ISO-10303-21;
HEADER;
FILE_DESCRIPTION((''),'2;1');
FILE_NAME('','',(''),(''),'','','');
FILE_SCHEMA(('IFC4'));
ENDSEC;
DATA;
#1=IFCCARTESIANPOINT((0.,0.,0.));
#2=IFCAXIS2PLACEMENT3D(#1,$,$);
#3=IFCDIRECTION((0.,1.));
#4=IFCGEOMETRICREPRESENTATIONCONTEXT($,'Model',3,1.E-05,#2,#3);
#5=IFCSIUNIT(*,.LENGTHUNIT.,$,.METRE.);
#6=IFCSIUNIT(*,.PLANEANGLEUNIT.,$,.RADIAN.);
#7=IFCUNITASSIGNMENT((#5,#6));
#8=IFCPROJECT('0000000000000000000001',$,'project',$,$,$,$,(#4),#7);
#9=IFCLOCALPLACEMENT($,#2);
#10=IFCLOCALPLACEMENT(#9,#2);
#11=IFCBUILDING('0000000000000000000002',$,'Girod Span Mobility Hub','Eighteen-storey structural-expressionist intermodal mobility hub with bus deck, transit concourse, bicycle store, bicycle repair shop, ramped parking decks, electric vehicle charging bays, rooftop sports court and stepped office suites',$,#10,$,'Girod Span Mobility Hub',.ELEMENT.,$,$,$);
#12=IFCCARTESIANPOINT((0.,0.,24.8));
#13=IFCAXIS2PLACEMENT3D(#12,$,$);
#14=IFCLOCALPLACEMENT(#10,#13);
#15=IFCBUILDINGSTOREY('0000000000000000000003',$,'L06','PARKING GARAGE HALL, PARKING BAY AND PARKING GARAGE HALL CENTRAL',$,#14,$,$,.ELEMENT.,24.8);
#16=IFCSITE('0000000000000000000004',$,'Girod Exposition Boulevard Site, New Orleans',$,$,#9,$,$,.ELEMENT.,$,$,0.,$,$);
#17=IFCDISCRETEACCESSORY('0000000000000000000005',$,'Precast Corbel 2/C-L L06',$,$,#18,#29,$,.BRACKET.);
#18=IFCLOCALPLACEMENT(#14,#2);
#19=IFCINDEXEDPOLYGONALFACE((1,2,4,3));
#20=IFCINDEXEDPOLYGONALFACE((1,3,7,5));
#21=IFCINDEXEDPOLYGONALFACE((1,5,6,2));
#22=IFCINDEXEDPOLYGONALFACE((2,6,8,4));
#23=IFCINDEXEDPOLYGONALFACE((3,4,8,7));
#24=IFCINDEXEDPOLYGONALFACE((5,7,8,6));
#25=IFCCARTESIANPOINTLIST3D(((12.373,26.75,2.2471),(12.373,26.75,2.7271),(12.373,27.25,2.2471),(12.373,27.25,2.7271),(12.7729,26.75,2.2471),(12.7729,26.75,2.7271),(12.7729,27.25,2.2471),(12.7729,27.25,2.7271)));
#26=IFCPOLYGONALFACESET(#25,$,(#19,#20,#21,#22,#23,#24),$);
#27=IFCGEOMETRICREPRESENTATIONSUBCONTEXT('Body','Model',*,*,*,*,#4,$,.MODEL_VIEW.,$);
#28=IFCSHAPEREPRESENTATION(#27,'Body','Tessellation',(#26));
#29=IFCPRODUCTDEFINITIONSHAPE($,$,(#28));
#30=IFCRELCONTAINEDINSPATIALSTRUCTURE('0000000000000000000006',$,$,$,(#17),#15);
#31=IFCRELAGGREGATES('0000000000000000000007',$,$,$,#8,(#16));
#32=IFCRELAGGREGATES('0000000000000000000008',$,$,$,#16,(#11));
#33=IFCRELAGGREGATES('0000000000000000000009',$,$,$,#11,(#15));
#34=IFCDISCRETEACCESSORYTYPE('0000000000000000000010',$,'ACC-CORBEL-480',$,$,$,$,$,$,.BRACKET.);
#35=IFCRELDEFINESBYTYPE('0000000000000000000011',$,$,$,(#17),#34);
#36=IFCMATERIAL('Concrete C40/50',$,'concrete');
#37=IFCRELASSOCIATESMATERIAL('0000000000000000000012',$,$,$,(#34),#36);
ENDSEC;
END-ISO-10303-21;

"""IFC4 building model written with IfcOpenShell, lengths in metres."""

from ifc_helpers import new_model, si_unit, direction, frame, origin, origin_2d, place, context, subcontext, project, spatial, rectangle, extrude, material, type_object, element, save


model = new_model("IFC4")

# Units and contexts
model_context = context("Model", 3, precision=1e-05, world=origin(), true_north=direction((0.0, 1.0)))
body_context = subcontext(model_context, "Body", "Model", "MODEL_VIEW")
ifc_project = project(units=[si_unit("LENGTHUNIT", "METRE"), si_unit("PLANEANGLEUNIT", "RADIAN")], contexts=[model_context])

# Site, building, storey
site_placement = place(None, origin())
site = spatial("IfcSite", under=ifc_project, at=site_placement, Name="Girod Exposition Boulevard Site, New Orleans", CompositionType="ELEMENT", RefElevation=0.0)
building_placement = place(site_placement, origin())
building = spatial("IfcBuilding", under=site, at=building_placement, Name="Girod Span Mobility Hub", Description="Eighteen-storey structural-expressionist intermodal mobility hub with bus deck, transit concourse, bicycle store, bicycle repair shop, ramped parking decks, electric vehicle charging bays, rooftop sports court and stepped office suites", LongName="Girod Span Mobility Hub", CompositionType="ELEMENT")
storey_placement = place(building_placement, frame((0.0, 0.0, 24.8)))
storey = spatial("IfcBuildingStorey", under=building, at=storey_placement, Name="L06", Description="PARKING GARAGE HALL, PARKING BAY AND PARKING GARAGE HALL CENTRAL", CompositionType="ELEMENT", Elevation=24.8)

# Discrete accessory
ifc_material_1 = material(Name="Concrete C40/50", Category="concrete")
discrete_accessory_type = type_object("IfcDiscreteAccessoryType", Name="ACC-CORBEL-480", PredefinedType="BRACKET", material=ifc_material_1)
discrete_accessory_placement = place(storey_placement, frame((12.573, 27.0, 2.2471), z_axis=(0.0, 0.0, 1.0), x_axis=(1.0, 0.0, 0.0)))
element("IfcDiscreteAccessory", 1, at=discrete_accessory_placement, inside=storey, type_object=discrete_accessory_type, Name="Precast Corbel 2/C-L L06", PredefinedType="BRACKET", context=body_context, shape_type="SweptSolid", body=[
    extrude(rectangle(XDim=0.3999, YDim=0.5, at=origin_2d()), origin(), (0.0, 0.0, 1.0), 0.48),
])

save(model, "model.ifc")
